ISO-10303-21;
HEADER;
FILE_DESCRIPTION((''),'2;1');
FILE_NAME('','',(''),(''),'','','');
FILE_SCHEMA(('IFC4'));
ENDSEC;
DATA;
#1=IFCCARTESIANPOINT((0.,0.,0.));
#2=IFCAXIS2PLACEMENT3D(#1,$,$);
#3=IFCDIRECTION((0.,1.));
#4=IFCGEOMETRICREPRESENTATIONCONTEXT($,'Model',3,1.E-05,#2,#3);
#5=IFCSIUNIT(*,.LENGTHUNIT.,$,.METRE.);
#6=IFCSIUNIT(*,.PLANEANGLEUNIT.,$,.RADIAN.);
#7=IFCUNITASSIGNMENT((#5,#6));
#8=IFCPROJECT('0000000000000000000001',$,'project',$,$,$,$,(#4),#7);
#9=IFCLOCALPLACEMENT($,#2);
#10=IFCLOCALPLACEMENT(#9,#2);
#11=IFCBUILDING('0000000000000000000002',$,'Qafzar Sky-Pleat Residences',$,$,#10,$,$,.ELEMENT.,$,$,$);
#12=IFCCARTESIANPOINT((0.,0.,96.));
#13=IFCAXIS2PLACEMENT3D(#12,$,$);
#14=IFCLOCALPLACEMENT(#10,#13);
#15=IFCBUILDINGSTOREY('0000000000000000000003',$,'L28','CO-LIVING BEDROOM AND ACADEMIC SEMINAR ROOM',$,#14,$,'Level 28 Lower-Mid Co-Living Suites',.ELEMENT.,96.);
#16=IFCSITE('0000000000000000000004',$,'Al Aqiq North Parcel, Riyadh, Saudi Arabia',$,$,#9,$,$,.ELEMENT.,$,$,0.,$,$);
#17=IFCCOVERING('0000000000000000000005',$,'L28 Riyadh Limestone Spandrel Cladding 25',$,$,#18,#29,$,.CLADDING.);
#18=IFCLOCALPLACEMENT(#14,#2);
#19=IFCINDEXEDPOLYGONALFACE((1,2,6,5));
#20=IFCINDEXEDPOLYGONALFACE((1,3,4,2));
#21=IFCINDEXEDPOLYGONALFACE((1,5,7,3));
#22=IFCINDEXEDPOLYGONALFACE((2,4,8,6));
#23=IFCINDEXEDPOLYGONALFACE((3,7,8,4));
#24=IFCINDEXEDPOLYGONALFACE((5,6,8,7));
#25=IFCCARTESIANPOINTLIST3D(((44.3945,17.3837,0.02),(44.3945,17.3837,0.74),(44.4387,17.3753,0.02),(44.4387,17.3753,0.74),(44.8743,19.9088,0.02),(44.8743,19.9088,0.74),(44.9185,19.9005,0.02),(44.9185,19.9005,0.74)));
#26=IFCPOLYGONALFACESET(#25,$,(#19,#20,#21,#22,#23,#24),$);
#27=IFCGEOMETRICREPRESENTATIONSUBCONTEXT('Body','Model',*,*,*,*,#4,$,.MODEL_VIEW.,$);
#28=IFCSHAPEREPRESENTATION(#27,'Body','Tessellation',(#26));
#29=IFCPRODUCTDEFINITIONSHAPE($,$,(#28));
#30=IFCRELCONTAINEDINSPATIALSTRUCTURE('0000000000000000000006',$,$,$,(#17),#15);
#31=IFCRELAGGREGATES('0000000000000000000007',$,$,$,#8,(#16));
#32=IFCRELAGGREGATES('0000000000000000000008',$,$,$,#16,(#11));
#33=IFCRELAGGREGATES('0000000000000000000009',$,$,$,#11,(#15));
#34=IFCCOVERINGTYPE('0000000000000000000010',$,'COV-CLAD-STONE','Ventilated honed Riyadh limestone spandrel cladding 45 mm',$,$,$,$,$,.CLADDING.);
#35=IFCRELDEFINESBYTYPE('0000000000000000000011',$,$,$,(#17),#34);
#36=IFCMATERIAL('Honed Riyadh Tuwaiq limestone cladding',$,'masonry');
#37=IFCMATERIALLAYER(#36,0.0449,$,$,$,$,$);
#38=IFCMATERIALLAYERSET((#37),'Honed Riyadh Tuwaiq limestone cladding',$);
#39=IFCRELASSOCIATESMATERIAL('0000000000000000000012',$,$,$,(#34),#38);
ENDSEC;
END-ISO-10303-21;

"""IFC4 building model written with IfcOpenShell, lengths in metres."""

from ifc_helpers import new_model, si_unit, direction, frame, origin, origin_2d, place, context, subcontext, project, spatial, rectangle, extrude, source, transform, mapped, material, layer, layer_set, type_object, element, save


model = new_model("IFC4")

# Units and contexts
model_context = context("Model", 3, precision=1e-05, world=origin(), true_north=direction((0.0, 1.0)))
body_context = subcontext(model_context, "Body", "Model", "MODEL_VIEW")
ifc_project = project(units=[si_unit("LENGTHUNIT", "METRE"), si_unit("PLANEANGLEUNIT", "RADIAN")], contexts=[model_context])

# Site, building, storey
site_placement = place(None, origin())
site = spatial("IfcSite", under=ifc_project, at=site_placement, Name="Al Aqiq North Parcel, Riyadh, Saudi Arabia", CompositionType="ELEMENT", RefElevation=0.0)
building_placement = place(site_placement, origin())
building = spatial("IfcBuilding", under=site, at=building_placement, Name="Qafzar Sky-Pleat Residences", CompositionType="ELEMENT")
storey_placement = place(building_placement, frame((0.0, 0.0, 96.0)))
storey = spatial("IfcBuildingStorey", under=building, at=storey_placement, Name="L28", Description="CO-LIVING BEDROOM AND ACADEMIC SEMINAR ROOM", LongName="Level 28 Lower-Mid Co-Living Suites", CompositionType="ELEMENT", Elevation=96.0)

# Covering
ifc_material_1 = material(Name="Honed Riyadh Tuwaiq limestone cladding", Category="masonry")
ifc_layer_1 = layer(ifc_material_1, 0.0449)
ifc_layer_set_1 = layer_set([ifc_layer_1], Name="Honed Riyadh Tuwaiq limestone cladding")
covering_type = type_object("IfcCoveringType", Name="COV-CLAD-STONE", Description="Ventilated honed Riyadh limestone spandrel cladding 45 mm", PredefinedType="CLADDING", material=ifc_layer_set_1)
shared_shape_1 = source(origin(), body_context, "Body", "SweptSolid", [
    extrude(rectangle(XDim=2.5703, YDim=0.0449, at=origin_2d()), origin(), (0.0, 0.0, 1.0), 0.72),
])
covering_placement = place(storey_placement, frame((44.6565, 18.6421, 0.02), z_axis=(0.0, 0.0, 1.0), x_axis=(0.186673, 0.982422, 0.0)))
element("IfcCovering", 1, at=covering_placement, inside=storey, type_object=covering_type, Name="L28 Riyadh Limestone Spandrel Cladding 25", PredefinedType="CLADDING", context=body_context, shape_type="MappedRepresentation", body=[
    mapped(shared_shape_1, transform((0.0, 0.0, 0.0), x_axis=(1.0, 0.0, 0.0), y_axis=(0.0, 1.0, 0.0), z_axis=(0.0, 0.0, 1.0), scale=1.0)),
])

save(model, "model.ifc")
